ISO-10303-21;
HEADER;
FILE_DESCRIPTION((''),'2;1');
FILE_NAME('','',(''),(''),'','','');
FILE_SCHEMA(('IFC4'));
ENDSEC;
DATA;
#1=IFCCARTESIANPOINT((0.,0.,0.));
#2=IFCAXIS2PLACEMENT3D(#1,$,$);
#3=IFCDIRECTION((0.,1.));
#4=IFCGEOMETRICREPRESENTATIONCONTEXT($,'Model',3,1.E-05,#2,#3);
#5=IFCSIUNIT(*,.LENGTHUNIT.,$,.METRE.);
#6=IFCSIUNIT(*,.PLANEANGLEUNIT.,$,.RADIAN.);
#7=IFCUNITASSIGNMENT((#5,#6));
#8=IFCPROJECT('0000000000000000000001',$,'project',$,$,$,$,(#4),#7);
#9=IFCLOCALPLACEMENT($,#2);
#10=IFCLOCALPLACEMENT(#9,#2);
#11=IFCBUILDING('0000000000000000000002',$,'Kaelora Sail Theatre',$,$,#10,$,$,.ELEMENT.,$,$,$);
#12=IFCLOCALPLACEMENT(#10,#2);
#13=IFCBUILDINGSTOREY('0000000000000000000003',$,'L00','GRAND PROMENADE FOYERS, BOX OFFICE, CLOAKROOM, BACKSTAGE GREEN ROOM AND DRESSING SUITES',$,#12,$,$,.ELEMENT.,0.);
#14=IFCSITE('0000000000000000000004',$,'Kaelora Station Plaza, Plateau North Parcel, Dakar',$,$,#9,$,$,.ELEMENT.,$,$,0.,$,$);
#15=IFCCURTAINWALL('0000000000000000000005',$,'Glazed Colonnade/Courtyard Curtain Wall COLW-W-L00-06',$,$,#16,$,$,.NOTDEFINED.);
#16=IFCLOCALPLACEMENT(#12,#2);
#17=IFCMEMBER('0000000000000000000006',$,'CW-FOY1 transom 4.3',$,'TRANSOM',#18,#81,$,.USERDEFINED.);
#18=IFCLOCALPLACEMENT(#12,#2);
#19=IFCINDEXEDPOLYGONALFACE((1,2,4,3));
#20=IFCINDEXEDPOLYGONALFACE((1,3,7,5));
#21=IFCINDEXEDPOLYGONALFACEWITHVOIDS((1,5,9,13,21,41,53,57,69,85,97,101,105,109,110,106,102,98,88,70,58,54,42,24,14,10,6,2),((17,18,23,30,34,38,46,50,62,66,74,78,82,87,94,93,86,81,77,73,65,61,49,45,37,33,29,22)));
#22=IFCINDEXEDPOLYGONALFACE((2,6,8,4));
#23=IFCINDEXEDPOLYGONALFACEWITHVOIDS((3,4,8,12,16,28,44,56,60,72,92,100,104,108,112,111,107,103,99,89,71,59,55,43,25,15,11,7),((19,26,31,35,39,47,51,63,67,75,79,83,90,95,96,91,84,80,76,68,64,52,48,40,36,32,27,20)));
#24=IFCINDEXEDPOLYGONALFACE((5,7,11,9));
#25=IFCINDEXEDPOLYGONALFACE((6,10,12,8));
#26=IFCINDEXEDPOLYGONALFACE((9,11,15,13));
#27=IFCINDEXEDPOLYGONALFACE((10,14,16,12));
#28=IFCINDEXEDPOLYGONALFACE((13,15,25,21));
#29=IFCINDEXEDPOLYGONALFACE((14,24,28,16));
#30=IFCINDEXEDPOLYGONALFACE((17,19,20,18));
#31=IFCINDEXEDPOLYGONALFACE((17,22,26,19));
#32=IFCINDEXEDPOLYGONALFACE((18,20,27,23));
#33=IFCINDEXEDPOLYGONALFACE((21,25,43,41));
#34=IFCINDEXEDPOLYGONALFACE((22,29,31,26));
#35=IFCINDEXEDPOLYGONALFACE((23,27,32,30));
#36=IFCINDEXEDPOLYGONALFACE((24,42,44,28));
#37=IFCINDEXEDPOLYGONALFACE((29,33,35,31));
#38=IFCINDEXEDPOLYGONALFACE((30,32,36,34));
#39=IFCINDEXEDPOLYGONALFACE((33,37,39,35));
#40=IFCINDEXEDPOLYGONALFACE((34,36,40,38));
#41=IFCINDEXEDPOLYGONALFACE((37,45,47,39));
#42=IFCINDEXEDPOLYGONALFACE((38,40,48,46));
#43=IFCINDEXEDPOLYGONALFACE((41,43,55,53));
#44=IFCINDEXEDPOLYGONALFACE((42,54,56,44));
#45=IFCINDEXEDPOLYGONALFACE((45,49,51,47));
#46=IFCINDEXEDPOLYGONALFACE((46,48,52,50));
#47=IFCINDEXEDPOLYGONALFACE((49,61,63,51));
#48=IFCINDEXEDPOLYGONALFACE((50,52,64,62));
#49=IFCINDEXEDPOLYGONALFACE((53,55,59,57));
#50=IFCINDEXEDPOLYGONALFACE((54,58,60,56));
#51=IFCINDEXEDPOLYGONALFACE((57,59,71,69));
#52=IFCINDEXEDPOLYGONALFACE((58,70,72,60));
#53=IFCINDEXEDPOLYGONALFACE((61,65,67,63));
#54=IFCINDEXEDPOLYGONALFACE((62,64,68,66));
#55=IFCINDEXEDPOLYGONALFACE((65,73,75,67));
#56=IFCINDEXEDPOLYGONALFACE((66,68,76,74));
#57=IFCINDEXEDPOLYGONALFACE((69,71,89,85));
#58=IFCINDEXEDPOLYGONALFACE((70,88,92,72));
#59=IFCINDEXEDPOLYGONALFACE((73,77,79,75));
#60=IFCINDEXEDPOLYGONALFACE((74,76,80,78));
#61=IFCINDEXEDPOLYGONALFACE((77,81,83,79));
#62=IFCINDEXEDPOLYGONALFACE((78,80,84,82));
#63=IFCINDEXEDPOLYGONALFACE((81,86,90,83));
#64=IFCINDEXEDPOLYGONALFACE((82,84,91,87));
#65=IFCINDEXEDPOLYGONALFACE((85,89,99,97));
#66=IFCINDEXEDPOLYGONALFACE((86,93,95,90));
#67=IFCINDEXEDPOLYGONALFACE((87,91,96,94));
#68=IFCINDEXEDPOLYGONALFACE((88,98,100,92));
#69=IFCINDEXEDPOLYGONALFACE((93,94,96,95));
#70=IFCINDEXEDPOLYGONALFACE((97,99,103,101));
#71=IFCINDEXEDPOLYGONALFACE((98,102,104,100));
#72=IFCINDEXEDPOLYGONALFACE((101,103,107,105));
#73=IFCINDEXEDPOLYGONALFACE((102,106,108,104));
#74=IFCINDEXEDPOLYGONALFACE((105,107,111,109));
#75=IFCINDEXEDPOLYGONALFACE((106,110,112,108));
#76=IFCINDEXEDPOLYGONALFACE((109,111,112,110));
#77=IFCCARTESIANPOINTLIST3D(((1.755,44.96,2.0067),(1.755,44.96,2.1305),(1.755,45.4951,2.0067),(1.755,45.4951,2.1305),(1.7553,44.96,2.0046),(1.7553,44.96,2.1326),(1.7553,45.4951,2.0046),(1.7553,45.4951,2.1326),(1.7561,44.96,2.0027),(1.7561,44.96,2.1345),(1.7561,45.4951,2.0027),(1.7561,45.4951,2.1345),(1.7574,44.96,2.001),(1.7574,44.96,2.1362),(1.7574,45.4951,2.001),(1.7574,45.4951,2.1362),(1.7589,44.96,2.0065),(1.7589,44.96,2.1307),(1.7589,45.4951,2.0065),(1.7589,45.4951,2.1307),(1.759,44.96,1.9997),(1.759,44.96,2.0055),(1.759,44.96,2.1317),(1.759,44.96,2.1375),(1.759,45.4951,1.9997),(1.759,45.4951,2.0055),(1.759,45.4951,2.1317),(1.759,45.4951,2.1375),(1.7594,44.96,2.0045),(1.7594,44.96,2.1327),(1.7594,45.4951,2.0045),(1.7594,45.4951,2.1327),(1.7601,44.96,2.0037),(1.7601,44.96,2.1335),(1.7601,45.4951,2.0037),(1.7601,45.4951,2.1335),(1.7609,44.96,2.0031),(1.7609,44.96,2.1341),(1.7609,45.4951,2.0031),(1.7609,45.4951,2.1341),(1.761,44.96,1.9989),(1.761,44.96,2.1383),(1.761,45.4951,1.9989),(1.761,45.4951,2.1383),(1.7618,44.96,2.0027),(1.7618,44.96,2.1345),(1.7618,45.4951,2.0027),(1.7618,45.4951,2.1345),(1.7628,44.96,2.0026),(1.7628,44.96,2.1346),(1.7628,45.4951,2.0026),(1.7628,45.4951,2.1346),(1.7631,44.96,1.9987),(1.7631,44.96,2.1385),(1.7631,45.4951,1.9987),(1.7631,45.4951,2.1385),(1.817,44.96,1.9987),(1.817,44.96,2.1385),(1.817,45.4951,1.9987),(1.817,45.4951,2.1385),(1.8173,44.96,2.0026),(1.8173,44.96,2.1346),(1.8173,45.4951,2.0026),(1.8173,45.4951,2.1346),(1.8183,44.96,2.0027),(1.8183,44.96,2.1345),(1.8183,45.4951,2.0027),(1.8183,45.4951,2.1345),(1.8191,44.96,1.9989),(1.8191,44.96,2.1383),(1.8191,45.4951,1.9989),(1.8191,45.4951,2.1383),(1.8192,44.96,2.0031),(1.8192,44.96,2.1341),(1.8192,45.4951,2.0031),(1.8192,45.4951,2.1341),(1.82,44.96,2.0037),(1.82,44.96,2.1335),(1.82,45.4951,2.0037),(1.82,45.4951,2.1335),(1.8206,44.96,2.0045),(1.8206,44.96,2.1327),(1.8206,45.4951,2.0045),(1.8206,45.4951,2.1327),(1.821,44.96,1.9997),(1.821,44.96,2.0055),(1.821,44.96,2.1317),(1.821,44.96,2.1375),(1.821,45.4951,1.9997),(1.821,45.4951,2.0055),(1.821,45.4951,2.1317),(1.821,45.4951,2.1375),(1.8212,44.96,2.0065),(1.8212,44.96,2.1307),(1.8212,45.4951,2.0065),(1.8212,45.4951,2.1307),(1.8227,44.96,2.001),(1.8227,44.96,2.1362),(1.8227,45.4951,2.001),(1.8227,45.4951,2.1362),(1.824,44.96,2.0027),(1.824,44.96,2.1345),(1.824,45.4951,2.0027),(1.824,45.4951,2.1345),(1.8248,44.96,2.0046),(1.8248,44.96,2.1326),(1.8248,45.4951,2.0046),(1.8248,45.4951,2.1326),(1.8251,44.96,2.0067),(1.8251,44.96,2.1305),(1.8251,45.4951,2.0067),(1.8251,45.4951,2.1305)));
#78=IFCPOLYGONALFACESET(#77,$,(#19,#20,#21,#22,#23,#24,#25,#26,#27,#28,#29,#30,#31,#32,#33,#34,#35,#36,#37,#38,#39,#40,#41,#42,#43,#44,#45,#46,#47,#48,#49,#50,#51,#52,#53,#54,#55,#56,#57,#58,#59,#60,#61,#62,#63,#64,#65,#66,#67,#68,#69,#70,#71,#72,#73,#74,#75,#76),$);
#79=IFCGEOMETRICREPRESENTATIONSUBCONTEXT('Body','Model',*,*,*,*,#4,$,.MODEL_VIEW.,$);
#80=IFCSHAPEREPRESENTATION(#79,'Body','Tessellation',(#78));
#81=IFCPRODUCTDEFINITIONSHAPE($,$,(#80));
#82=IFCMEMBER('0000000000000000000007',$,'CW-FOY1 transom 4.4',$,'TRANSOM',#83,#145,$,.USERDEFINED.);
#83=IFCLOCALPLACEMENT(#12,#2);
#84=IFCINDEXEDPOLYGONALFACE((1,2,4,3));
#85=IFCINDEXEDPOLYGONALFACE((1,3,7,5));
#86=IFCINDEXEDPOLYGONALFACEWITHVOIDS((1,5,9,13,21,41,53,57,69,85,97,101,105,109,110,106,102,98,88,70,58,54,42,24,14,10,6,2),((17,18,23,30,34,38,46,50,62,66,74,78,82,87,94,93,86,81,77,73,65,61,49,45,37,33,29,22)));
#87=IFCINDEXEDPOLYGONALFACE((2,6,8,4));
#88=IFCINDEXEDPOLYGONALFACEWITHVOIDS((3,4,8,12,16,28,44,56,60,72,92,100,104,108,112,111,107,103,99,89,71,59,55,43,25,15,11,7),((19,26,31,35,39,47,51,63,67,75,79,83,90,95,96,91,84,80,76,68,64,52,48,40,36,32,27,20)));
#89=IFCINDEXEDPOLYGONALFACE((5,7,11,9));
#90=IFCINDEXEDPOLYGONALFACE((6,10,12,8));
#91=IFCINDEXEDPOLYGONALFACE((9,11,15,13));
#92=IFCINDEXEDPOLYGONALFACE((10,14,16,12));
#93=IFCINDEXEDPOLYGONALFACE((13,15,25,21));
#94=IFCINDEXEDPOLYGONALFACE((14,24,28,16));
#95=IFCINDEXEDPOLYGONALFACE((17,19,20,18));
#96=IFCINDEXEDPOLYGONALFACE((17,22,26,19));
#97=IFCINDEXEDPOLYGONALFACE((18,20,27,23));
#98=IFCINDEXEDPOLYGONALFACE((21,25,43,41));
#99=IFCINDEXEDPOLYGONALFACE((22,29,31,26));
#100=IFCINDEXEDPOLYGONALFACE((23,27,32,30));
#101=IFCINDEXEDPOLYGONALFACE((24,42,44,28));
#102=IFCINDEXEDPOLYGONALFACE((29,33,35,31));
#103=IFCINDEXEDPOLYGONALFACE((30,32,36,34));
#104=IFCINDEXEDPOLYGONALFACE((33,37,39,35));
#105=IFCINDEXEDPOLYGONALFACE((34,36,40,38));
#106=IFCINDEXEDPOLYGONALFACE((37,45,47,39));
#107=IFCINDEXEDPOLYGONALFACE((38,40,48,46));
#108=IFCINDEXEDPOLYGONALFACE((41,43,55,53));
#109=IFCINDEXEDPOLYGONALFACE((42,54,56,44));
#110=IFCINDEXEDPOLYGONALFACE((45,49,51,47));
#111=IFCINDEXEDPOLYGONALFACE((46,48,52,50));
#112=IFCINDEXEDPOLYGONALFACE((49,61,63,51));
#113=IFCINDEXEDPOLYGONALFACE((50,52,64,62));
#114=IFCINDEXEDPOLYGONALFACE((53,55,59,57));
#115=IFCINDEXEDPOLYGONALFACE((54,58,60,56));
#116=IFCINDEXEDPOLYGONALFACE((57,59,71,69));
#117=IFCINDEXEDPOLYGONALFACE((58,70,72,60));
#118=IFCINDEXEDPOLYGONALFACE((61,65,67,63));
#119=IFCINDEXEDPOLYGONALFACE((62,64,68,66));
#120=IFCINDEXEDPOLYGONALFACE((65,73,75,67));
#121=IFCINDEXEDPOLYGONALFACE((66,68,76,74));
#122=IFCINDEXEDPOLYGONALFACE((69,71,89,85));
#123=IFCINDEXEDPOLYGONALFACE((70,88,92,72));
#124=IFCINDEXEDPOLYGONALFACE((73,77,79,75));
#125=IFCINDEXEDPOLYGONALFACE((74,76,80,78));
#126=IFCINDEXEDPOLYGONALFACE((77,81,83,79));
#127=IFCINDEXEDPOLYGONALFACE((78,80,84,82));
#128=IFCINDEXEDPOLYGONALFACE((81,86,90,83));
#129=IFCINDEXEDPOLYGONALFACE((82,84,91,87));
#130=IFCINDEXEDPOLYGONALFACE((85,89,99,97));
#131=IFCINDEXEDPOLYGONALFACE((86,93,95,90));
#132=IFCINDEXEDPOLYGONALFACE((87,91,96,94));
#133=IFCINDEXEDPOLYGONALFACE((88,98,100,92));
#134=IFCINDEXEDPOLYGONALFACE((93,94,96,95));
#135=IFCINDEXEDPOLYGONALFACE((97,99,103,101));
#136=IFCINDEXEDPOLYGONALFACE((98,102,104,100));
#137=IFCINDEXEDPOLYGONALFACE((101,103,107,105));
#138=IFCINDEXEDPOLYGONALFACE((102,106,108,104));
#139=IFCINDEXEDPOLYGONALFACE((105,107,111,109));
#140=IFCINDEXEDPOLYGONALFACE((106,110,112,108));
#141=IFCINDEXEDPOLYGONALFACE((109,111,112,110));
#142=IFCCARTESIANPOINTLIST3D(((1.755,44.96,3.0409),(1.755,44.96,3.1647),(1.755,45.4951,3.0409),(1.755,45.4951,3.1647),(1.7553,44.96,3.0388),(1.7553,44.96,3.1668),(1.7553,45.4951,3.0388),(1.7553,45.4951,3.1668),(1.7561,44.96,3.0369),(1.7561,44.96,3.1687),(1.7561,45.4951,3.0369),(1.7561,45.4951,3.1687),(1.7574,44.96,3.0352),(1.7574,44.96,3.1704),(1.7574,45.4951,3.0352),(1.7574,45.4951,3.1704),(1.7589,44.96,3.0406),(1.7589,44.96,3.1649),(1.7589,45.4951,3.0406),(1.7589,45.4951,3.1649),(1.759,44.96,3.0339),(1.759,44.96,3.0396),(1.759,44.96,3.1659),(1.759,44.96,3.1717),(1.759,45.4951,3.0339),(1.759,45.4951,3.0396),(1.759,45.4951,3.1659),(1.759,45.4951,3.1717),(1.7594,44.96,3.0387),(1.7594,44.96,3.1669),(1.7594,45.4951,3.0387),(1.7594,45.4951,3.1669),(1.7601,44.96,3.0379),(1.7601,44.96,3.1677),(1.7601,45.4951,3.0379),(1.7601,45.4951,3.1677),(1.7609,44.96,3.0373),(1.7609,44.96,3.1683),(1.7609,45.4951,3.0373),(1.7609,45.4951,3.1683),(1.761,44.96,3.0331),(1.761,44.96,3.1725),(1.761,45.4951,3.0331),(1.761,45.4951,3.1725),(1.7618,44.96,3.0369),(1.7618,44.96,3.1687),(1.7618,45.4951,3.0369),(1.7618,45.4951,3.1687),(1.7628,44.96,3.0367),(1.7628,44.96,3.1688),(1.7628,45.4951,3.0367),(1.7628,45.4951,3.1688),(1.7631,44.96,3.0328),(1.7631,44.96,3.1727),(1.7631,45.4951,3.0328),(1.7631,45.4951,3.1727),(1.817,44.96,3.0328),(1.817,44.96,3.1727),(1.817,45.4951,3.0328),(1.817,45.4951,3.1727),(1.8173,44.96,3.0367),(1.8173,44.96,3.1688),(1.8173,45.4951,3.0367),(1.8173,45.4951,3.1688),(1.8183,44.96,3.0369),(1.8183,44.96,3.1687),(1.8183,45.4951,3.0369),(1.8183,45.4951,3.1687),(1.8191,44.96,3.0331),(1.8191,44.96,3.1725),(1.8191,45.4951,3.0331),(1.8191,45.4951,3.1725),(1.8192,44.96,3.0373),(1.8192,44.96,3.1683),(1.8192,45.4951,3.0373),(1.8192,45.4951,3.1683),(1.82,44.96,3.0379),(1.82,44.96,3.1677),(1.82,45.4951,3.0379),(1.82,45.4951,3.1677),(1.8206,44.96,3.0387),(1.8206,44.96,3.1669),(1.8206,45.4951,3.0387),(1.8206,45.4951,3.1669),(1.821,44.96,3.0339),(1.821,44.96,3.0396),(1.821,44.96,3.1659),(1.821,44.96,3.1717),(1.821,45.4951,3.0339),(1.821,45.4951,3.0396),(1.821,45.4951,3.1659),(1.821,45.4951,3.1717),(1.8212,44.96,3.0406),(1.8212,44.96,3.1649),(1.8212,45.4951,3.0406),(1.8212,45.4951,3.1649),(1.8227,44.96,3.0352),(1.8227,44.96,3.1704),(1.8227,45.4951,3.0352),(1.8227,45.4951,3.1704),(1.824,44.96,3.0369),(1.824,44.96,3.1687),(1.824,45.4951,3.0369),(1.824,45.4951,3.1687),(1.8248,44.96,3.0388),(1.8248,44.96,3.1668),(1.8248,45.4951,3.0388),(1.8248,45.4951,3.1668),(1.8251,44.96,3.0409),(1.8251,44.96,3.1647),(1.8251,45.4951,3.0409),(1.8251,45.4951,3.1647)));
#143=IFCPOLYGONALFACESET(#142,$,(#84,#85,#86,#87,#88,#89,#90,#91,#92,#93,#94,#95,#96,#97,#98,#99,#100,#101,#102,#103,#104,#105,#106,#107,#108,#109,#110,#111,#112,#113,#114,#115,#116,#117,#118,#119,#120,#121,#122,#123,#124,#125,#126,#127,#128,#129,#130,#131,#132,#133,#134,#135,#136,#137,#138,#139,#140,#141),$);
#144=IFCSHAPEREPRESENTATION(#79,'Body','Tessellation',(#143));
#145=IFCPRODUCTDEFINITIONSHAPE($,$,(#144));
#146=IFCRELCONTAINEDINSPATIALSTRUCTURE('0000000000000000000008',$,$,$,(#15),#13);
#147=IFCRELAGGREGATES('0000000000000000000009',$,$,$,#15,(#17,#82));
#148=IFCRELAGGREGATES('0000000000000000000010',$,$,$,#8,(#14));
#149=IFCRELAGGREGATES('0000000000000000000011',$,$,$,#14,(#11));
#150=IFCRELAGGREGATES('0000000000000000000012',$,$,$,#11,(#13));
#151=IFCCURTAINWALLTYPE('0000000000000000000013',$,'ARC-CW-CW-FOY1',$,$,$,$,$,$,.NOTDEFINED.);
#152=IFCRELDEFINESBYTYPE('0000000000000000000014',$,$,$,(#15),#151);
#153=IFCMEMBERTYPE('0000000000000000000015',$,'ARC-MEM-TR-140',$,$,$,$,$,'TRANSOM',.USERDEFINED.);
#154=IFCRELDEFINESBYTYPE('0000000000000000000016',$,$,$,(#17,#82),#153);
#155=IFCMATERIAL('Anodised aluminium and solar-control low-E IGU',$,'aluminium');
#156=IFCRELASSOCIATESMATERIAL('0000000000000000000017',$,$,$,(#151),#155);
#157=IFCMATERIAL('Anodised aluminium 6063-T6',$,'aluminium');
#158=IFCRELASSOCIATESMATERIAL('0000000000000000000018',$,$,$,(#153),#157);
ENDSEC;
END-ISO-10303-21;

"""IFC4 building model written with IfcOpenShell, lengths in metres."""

from ifc_helpers import new_model, si_unit, direction, frame, origin, origin_2d, place, context, subcontext, project, spatial, hollow_rectangle, extrude, material, material_profile, profile_set, type_object, element, aggregate, save


model = new_model("IFC4")

# Units and contexts
model_context = context("Model", 3, precision=1e-05, world=origin(), true_north=direction((0.0, 1.0)))
body_context = subcontext(model_context, "Body", "Model", "MODEL_VIEW")
ifc_project = project(units=[si_unit("LENGTHUNIT", "METRE"), si_unit("PLANEANGLEUNIT", "RADIAN")], contexts=[model_context])

# Site, building, storey
site_placement = place(None, origin())
site = spatial("IfcSite", under=ifc_project, at=site_placement, Name="Kaelora Station Plaza, Plateau North Parcel, Dakar", CompositionType="ELEMENT", RefElevation=0.0)
building_placement = place(site_placement, origin())
building = spatial("IfcBuilding", under=site, at=building_placement, Name="Kaelora Sail Theatre", CompositionType="ELEMENT")
storey_placement = place(building_placement, origin())
storey = spatial("IfcBuildingStorey", under=building, at=storey_placement, Name="L00", Description="GRAND PROMENADE FOYERS, BOX OFFICE, CLOAKROOM, BACKSTAGE GREEN ROOM AND DRESSING SUITES", CompositionType="ELEMENT", Elevation=0.0)

# Curtain wall, members
ifc_material_1 = material(Name="Anodised aluminium and solar-control low-E IGU", Category="aluminium")
curtain_wall_type = type_object("IfcCurtainWallType", Name="ARC-CW-CW-FOY1", PredefinedType="NOTDEFINED", material=ifc_material_1)
curtain_wall_1_placement = place(storey_placement, origin())
curtain_wall_1 = element("IfcCurtainWall", 1, at=curtain_wall_1_placement, inside=storey, type_object=curtain_wall_type, Name="Glazed Colonnade/Courtyard Curtain Wall COLW-W-L00-06", PredefinedType="NOTDEFINED")
ifc_material_2 = material(Name="Anodised aluminium 6063-T6", Category="aluminium")
ifc_material_profile = material_profile(ifc_material_2, hollow_rectangle(XDim=0.0701, YDim=0.1399, WallThickness=0.0039, InnerFilletRadius=0.0039, OuterFilletRadius=0.0081, at=origin_2d()), Name="ALU-TRAN 70x140x4")
ifc_profile_set = profile_set([ifc_material_profile], Name="Anodised aluminium 6063-T6")
member_type = type_object("IfcMemberType", Name="ARC-MEM-TR-140", ElementType="TRANSOM", PredefinedType="USERDEFINED", material=ifc_profile_set)
member_1_placement = place(storey_placement, frame((1.79, 44.96, 2.0686), z_axis=(0.0, 1.0, 0.0), x_axis=(-1.0, 0.0, 0.0)))
member_1 = element("IfcMember", 2, at=member_1_placement, type_object=member_type, Name="CW-FOY1 transom 4.3", ObjectType="TRANSOM", PredefinedType="USERDEFINED", context=body_context, shape_type="SweptSolid", body=[
    extrude(hollow_rectangle(XDim=0.0701, YDim=0.1399, WallThickness=0.0039, InnerFilletRadius=0.0039, OuterFilletRadius=0.0081, at=origin_2d()), origin(), (0.0, 0.0, 1.0), 0.5352),
])
member_2_placement = place(storey_placement, frame((1.79, 44.96, 3.1028), z_axis=(0.0, 1.0, 0.0), x_axis=(-1.0, 0.0, 0.0)))
member_2 = element("IfcMember", 3, at=member_2_placement, type_object=member_type, Name="CW-FOY1 transom 4.4", ObjectType="TRANSOM", PredefinedType="USERDEFINED", context=body_context, shape_type="SweptSolid", body=[
    extrude(hollow_rectangle(XDim=0.0701, YDim=0.1399, WallThickness=0.0039, InnerFilletRadius=0.0039, OuterFilletRadius=0.0081, at=origin_2d()), origin(), (0.0, 0.0, 1.0), 0.5352),
])

aggregate(curtain_wall_1, [member_1, member_2])

save(model, "model.ifc")
